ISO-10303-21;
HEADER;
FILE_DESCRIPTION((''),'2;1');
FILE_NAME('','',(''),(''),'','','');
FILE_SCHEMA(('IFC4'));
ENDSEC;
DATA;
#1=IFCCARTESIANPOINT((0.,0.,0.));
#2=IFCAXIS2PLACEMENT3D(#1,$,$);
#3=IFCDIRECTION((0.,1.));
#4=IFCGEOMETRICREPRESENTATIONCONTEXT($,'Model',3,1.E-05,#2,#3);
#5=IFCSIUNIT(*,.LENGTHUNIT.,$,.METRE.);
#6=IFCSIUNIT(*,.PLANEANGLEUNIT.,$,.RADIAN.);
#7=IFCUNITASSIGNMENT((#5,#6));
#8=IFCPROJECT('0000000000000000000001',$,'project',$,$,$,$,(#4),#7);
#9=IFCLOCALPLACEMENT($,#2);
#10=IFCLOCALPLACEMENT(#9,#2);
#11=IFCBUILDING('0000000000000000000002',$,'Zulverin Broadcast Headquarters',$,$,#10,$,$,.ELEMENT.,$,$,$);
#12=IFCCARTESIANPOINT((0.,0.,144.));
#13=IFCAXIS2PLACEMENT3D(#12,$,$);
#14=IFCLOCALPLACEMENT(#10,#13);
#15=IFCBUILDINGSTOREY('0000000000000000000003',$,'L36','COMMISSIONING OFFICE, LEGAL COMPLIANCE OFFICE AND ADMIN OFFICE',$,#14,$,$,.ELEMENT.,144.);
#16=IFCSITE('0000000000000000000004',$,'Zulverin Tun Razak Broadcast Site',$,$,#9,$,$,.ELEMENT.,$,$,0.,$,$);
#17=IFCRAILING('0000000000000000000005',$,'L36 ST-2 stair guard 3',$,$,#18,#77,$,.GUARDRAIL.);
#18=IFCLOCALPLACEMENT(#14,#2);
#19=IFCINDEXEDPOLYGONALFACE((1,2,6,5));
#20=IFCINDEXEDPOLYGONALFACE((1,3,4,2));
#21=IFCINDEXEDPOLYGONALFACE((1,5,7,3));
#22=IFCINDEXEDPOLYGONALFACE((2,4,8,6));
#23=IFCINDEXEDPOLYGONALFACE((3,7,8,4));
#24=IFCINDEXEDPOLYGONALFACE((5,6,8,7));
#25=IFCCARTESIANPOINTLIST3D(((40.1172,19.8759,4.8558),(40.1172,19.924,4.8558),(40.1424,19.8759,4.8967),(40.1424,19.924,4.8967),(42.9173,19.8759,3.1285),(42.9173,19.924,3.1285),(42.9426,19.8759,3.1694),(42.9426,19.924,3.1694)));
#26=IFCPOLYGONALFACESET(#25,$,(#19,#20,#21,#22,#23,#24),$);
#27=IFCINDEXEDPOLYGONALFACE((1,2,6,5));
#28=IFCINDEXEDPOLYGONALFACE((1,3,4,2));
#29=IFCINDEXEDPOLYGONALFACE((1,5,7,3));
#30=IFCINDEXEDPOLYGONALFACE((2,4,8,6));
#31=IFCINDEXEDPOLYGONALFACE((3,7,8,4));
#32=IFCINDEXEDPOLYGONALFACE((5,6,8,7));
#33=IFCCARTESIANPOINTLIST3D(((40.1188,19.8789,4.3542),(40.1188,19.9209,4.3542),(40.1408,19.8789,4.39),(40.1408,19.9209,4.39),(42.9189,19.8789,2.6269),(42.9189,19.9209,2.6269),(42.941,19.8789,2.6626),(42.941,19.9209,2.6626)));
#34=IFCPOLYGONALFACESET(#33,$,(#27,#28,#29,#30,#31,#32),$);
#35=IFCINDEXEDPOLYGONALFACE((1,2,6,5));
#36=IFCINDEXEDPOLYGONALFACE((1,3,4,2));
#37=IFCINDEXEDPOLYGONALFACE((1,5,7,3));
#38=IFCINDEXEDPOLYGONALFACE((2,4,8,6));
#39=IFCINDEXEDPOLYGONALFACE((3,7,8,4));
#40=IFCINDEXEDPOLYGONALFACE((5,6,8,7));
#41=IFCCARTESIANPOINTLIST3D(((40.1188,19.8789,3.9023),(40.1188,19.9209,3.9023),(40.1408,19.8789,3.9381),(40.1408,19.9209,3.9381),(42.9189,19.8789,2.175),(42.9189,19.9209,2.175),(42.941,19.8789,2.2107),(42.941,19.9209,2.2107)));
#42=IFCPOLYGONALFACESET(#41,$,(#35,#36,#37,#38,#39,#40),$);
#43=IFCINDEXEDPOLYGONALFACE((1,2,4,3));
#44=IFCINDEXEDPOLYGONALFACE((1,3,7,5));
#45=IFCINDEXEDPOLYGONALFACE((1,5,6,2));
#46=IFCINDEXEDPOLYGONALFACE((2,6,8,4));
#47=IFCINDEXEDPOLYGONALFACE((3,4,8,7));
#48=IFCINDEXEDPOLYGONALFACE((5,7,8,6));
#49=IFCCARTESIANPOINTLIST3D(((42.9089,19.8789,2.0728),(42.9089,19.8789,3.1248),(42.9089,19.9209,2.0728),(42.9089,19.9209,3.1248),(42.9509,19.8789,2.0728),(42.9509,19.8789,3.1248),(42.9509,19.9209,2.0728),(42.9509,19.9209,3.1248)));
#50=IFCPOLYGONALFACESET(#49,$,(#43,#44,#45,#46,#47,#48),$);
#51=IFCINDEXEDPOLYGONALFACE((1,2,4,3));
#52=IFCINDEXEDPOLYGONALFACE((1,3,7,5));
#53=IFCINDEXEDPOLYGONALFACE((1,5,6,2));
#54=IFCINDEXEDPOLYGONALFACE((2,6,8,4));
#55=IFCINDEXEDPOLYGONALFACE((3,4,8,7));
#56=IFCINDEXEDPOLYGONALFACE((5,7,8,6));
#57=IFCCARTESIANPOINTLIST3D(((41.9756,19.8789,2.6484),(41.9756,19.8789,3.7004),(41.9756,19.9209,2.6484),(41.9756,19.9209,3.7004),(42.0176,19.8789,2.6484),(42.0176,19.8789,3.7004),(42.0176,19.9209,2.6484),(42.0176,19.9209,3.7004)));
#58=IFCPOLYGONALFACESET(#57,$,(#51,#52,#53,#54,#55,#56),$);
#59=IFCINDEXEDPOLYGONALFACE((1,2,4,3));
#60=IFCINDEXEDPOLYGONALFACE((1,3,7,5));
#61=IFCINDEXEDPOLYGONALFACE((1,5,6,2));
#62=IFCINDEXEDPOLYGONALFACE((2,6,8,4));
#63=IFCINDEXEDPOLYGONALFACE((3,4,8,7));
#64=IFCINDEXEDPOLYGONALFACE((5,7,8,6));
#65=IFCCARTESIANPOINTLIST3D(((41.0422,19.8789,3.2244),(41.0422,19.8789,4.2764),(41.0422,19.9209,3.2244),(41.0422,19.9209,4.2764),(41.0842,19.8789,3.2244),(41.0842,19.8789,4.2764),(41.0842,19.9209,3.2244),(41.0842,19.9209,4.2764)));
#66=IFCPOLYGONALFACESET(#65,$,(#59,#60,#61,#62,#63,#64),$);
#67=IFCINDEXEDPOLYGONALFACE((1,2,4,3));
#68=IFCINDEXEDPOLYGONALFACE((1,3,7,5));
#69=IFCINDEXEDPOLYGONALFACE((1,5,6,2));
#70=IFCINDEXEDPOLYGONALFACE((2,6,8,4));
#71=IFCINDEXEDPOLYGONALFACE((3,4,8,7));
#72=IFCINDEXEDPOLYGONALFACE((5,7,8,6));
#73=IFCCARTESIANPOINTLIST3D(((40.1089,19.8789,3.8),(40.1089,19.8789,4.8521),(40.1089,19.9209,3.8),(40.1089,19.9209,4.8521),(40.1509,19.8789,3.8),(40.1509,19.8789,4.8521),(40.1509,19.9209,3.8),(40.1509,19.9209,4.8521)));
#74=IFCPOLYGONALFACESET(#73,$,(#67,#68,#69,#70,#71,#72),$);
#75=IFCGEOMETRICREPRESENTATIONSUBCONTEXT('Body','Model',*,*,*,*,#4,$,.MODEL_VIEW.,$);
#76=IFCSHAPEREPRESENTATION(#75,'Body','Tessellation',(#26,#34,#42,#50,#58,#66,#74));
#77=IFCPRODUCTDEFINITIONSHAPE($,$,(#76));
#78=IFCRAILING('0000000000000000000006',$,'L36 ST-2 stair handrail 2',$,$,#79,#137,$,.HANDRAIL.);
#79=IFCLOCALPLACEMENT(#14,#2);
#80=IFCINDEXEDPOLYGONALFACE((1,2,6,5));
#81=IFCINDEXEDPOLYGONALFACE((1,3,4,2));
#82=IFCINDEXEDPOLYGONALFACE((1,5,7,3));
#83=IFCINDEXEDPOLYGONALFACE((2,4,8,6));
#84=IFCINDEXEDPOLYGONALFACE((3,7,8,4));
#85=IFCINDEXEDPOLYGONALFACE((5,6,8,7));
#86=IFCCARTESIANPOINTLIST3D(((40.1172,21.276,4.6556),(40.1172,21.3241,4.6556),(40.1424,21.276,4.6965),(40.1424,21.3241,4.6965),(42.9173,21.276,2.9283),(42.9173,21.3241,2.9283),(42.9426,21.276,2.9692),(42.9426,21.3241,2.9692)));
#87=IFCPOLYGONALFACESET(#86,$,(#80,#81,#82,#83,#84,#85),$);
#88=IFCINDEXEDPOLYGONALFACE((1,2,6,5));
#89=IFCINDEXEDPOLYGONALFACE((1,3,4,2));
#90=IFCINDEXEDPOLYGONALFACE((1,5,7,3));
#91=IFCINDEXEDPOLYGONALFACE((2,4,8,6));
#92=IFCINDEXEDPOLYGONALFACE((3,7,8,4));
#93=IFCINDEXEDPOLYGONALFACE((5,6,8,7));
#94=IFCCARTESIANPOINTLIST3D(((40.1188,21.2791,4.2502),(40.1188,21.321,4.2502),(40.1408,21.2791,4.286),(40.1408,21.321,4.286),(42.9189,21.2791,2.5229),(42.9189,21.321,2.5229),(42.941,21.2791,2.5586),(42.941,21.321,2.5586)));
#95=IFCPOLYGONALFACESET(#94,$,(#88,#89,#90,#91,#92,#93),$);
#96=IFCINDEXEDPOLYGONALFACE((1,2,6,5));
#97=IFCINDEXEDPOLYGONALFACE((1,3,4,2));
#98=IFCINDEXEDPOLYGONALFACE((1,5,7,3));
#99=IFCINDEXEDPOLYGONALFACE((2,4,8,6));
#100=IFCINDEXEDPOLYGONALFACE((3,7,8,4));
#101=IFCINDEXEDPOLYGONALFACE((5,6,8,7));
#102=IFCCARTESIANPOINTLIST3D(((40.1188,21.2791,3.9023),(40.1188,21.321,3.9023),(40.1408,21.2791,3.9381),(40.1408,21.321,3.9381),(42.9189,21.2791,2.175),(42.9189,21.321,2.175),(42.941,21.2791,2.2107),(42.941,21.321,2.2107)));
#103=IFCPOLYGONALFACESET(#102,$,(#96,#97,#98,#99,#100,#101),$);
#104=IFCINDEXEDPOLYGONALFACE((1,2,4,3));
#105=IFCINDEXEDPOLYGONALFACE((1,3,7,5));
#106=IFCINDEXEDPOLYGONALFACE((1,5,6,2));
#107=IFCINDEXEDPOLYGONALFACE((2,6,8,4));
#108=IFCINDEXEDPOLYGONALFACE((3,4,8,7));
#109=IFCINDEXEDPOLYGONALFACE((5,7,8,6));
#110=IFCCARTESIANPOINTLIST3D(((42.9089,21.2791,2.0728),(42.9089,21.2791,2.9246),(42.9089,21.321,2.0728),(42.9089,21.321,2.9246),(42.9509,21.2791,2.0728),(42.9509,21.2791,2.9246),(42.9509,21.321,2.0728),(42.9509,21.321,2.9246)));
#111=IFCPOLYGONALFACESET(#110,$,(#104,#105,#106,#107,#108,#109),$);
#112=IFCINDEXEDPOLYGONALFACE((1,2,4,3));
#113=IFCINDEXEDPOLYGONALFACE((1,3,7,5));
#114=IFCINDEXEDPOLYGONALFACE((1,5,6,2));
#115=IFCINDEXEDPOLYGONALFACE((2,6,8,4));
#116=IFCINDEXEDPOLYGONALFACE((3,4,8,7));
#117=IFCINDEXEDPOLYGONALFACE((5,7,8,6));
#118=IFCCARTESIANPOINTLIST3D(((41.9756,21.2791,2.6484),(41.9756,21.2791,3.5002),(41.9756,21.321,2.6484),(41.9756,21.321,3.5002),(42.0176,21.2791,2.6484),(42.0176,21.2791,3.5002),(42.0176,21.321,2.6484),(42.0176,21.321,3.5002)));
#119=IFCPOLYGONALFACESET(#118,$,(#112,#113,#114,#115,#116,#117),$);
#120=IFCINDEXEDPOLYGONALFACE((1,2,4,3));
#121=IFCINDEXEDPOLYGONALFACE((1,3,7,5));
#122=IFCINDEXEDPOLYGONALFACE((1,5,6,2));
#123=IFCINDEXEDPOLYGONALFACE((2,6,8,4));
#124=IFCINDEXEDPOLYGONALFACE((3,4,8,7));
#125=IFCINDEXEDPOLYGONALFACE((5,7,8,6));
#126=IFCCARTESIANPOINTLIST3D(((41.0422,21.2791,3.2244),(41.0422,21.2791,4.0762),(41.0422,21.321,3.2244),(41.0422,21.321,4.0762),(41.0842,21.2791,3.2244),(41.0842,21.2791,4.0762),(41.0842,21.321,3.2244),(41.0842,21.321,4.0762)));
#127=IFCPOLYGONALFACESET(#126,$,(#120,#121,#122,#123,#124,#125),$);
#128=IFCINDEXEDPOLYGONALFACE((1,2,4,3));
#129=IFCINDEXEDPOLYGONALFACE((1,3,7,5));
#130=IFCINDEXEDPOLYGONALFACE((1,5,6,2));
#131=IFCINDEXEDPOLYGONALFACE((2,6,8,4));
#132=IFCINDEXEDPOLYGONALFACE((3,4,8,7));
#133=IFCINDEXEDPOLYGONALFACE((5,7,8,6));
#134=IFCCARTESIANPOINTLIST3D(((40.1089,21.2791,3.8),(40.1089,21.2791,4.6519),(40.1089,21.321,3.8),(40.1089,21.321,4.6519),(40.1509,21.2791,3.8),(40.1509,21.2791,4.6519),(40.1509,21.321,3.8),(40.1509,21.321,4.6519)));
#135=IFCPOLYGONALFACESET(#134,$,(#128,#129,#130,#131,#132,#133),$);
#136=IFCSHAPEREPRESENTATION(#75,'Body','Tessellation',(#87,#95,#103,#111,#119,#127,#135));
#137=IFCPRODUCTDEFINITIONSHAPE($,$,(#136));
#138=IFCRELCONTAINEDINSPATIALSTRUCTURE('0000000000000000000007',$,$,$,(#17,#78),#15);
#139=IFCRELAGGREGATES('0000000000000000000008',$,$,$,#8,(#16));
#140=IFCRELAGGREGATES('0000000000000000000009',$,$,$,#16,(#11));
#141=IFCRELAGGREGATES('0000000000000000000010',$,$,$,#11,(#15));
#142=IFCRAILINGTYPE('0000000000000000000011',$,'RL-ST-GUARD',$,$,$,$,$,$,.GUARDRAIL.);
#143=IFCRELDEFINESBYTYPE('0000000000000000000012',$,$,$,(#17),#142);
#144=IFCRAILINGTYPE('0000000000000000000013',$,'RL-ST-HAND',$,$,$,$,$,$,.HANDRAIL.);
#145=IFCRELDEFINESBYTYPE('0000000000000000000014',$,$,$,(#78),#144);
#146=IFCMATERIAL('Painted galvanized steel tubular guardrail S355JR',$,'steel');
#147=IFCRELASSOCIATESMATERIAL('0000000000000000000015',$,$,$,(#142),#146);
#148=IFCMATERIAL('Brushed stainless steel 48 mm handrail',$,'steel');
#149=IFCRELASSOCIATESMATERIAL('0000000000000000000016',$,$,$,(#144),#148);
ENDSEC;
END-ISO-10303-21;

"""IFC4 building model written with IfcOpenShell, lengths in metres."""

from ifc_helpers import new_model, si_unit, direction, frame, origin, origin_2d, place, context, subcontext, project, spatial, rectangle, extrude, material, type_object, element, save


model = new_model("IFC4")

# Units and contexts
model_context = context("Model", 3, precision=1e-05, world=origin(), true_north=direction((0.0, 1.0)))
body_context = subcontext(model_context, "Body", "Model", "MODEL_VIEW")
ifc_project = project(units=[si_unit("LENGTHUNIT", "METRE"), si_unit("PLANEANGLEUNIT", "RADIAN")], contexts=[model_context])

# Site, building, storey
site_placement = place(None, origin())
site = spatial("IfcSite", under=ifc_project, at=site_placement, Name="Zulverin Tun Razak Broadcast Site", CompositionType="ELEMENT", RefElevation=0.0)
building_placement = place(site_placement, origin())
building = spatial("IfcBuilding", under=site, at=building_placement, Name="Zulverin Broadcast Headquarters", CompositionType="ELEMENT")
storey_placement = place(building_placement, frame((0.0, 0.0, 144.0)))
storey = spatial("IfcBuildingStorey", under=building, at=storey_placement, Name="L36", Description="COMMISSIONING OFFICE, LEGAL COMPLIANCE OFFICE AND ADMIN OFFICE", CompositionType="ELEMENT", Elevation=144.0)

# Railings
ifc_material_1 = material(Name="Painted galvanized steel tubular guardrail S355JR", Category="steel")
railing_type_1 = type_object("IfcRailingType", Name="RL-ST-GUARD", PredefinedType="GUARDRAIL", material=ifc_material_1)
railing_1_placement = place(storey_placement, frame((42.9299, 19.8999, 2.0728)))
element("IfcRailing", 1, at=railing_1_placement, inside=storey, type_object=railing_type_1, Name="L36 ST-2 stair guard 3", PredefinedType="GUARDRAIL", context=body_context, shape_type="SweptSolid", body=[
    extrude(rectangle(XDim=0.0481, YDim=0.0481, at=origin_2d()), frame((0.0, 0.0, 1.0762), z_axis=(-0.85109, 0.0, 0.52502), x_axis=(0.0, -1.0, 0.0)), (0.0, 0.0, 1.0), 3.29),
    extrude(rectangle(XDim=0.042, YDim=0.042, at=origin_2d()), frame((0.0, 0.0, 0.572), z_axis=(-0.85109, 0.0, 0.52502), x_axis=(0.0, -1.0, 0.0)), (0.0, 0.0, 1.0), 3.29),
    extrude(rectangle(XDim=0.042, YDim=0.042, at=origin_2d()), frame((0.0, 0.0, 0.1201), z_axis=(-0.85109, 0.0, 0.52502), x_axis=(0.0, -1.0, 0.0)), (0.0, 0.0, 1.0), 3.29),
    extrude(rectangle(XDim=0.042, YDim=0.042, at=origin_2d()), origin(), (0.0, 0.0, 1.0), 1.052),
    extrude(rectangle(XDim=0.042, YDim=0.042, at=origin_2d()), frame((-0.9333, 0.0, 0.5757)), (0.0, 0.0, 1.0), 1.052),
    extrude(rectangle(XDim=0.042, YDim=0.042, at=origin_2d()), frame((-1.8667, 0.0, 1.1516)), (0.0, 0.0, 1.0), 1.052),
    extrude(rectangle(XDim=0.042, YDim=0.042, at=origin_2d()), frame((-2.8, 0.0, 1.7273)), (0.0, 0.0, 1.0), 1.052),
])
ifc_material_2 = material(Name="Brushed stainless steel 48 mm handrail", Category="steel")
railing_type_2 = type_object("IfcRailingType", Name="RL-ST-HAND", PredefinedType="HANDRAIL", material=ifc_material_2)
railing_2_placement = place(storey_placement, frame((42.9299, 21.3, 2.0728)))
element("IfcRailing", 2, at=railing_2_placement, inside=storey, type_object=railing_type_2, Name="L36 ST-2 stair handrail 2", PredefinedType="HANDRAIL", context=body_context, shape_type="SweptSolid", body=[
    extrude(rectangle(XDim=0.0481, YDim=0.0481, at=origin_2d()), frame((0.0, 0.0, 0.876), z_axis=(-0.85109, 0.0, 0.52502), x_axis=(0.0, -1.0, 0.0)), (0.0, 0.0, 1.0), 3.29),
    extrude(rectangle(XDim=0.042, YDim=0.042, at=origin_2d()), frame((0.0, 0.0, 0.468), z_axis=(-0.85109, 0.0, 0.52502), x_axis=(0.0, -1.0, 0.0)), (0.0, 0.0, 1.0), 3.29),
    extrude(rectangle(XDim=0.042, YDim=0.042, at=origin_2d()), frame((0.0, 0.0, 0.1201), z_axis=(-0.85109, 0.0, 0.52502), x_axis=(0.0, -1.0, 0.0)), (0.0, 0.0, 1.0), 3.29),
    extrude(rectangle(XDim=0.042, YDim=0.042, at=origin_2d()), origin(), (0.0, 0.0, 1.0), 0.8518),
    extrude(rectangle(XDim=0.042, YDim=0.042, at=origin_2d()), frame((-0.9333, 0.0, 0.5757)), (0.0, 0.0, 1.0), 0.8518),
    extrude(rectangle(XDim=0.042, YDim=0.042, at=origin_2d()), frame((-1.8667, 0.0, 1.1516)), (0.0, 0.0, 1.0), 0.8518),
    extrude(rectangle(XDim=0.042, YDim=0.042, at=origin_2d()), frame((-2.8, 0.0, 1.7273)), (0.0, 0.0, 1.0), 0.8518),
])

save(model, "model.ifc")
